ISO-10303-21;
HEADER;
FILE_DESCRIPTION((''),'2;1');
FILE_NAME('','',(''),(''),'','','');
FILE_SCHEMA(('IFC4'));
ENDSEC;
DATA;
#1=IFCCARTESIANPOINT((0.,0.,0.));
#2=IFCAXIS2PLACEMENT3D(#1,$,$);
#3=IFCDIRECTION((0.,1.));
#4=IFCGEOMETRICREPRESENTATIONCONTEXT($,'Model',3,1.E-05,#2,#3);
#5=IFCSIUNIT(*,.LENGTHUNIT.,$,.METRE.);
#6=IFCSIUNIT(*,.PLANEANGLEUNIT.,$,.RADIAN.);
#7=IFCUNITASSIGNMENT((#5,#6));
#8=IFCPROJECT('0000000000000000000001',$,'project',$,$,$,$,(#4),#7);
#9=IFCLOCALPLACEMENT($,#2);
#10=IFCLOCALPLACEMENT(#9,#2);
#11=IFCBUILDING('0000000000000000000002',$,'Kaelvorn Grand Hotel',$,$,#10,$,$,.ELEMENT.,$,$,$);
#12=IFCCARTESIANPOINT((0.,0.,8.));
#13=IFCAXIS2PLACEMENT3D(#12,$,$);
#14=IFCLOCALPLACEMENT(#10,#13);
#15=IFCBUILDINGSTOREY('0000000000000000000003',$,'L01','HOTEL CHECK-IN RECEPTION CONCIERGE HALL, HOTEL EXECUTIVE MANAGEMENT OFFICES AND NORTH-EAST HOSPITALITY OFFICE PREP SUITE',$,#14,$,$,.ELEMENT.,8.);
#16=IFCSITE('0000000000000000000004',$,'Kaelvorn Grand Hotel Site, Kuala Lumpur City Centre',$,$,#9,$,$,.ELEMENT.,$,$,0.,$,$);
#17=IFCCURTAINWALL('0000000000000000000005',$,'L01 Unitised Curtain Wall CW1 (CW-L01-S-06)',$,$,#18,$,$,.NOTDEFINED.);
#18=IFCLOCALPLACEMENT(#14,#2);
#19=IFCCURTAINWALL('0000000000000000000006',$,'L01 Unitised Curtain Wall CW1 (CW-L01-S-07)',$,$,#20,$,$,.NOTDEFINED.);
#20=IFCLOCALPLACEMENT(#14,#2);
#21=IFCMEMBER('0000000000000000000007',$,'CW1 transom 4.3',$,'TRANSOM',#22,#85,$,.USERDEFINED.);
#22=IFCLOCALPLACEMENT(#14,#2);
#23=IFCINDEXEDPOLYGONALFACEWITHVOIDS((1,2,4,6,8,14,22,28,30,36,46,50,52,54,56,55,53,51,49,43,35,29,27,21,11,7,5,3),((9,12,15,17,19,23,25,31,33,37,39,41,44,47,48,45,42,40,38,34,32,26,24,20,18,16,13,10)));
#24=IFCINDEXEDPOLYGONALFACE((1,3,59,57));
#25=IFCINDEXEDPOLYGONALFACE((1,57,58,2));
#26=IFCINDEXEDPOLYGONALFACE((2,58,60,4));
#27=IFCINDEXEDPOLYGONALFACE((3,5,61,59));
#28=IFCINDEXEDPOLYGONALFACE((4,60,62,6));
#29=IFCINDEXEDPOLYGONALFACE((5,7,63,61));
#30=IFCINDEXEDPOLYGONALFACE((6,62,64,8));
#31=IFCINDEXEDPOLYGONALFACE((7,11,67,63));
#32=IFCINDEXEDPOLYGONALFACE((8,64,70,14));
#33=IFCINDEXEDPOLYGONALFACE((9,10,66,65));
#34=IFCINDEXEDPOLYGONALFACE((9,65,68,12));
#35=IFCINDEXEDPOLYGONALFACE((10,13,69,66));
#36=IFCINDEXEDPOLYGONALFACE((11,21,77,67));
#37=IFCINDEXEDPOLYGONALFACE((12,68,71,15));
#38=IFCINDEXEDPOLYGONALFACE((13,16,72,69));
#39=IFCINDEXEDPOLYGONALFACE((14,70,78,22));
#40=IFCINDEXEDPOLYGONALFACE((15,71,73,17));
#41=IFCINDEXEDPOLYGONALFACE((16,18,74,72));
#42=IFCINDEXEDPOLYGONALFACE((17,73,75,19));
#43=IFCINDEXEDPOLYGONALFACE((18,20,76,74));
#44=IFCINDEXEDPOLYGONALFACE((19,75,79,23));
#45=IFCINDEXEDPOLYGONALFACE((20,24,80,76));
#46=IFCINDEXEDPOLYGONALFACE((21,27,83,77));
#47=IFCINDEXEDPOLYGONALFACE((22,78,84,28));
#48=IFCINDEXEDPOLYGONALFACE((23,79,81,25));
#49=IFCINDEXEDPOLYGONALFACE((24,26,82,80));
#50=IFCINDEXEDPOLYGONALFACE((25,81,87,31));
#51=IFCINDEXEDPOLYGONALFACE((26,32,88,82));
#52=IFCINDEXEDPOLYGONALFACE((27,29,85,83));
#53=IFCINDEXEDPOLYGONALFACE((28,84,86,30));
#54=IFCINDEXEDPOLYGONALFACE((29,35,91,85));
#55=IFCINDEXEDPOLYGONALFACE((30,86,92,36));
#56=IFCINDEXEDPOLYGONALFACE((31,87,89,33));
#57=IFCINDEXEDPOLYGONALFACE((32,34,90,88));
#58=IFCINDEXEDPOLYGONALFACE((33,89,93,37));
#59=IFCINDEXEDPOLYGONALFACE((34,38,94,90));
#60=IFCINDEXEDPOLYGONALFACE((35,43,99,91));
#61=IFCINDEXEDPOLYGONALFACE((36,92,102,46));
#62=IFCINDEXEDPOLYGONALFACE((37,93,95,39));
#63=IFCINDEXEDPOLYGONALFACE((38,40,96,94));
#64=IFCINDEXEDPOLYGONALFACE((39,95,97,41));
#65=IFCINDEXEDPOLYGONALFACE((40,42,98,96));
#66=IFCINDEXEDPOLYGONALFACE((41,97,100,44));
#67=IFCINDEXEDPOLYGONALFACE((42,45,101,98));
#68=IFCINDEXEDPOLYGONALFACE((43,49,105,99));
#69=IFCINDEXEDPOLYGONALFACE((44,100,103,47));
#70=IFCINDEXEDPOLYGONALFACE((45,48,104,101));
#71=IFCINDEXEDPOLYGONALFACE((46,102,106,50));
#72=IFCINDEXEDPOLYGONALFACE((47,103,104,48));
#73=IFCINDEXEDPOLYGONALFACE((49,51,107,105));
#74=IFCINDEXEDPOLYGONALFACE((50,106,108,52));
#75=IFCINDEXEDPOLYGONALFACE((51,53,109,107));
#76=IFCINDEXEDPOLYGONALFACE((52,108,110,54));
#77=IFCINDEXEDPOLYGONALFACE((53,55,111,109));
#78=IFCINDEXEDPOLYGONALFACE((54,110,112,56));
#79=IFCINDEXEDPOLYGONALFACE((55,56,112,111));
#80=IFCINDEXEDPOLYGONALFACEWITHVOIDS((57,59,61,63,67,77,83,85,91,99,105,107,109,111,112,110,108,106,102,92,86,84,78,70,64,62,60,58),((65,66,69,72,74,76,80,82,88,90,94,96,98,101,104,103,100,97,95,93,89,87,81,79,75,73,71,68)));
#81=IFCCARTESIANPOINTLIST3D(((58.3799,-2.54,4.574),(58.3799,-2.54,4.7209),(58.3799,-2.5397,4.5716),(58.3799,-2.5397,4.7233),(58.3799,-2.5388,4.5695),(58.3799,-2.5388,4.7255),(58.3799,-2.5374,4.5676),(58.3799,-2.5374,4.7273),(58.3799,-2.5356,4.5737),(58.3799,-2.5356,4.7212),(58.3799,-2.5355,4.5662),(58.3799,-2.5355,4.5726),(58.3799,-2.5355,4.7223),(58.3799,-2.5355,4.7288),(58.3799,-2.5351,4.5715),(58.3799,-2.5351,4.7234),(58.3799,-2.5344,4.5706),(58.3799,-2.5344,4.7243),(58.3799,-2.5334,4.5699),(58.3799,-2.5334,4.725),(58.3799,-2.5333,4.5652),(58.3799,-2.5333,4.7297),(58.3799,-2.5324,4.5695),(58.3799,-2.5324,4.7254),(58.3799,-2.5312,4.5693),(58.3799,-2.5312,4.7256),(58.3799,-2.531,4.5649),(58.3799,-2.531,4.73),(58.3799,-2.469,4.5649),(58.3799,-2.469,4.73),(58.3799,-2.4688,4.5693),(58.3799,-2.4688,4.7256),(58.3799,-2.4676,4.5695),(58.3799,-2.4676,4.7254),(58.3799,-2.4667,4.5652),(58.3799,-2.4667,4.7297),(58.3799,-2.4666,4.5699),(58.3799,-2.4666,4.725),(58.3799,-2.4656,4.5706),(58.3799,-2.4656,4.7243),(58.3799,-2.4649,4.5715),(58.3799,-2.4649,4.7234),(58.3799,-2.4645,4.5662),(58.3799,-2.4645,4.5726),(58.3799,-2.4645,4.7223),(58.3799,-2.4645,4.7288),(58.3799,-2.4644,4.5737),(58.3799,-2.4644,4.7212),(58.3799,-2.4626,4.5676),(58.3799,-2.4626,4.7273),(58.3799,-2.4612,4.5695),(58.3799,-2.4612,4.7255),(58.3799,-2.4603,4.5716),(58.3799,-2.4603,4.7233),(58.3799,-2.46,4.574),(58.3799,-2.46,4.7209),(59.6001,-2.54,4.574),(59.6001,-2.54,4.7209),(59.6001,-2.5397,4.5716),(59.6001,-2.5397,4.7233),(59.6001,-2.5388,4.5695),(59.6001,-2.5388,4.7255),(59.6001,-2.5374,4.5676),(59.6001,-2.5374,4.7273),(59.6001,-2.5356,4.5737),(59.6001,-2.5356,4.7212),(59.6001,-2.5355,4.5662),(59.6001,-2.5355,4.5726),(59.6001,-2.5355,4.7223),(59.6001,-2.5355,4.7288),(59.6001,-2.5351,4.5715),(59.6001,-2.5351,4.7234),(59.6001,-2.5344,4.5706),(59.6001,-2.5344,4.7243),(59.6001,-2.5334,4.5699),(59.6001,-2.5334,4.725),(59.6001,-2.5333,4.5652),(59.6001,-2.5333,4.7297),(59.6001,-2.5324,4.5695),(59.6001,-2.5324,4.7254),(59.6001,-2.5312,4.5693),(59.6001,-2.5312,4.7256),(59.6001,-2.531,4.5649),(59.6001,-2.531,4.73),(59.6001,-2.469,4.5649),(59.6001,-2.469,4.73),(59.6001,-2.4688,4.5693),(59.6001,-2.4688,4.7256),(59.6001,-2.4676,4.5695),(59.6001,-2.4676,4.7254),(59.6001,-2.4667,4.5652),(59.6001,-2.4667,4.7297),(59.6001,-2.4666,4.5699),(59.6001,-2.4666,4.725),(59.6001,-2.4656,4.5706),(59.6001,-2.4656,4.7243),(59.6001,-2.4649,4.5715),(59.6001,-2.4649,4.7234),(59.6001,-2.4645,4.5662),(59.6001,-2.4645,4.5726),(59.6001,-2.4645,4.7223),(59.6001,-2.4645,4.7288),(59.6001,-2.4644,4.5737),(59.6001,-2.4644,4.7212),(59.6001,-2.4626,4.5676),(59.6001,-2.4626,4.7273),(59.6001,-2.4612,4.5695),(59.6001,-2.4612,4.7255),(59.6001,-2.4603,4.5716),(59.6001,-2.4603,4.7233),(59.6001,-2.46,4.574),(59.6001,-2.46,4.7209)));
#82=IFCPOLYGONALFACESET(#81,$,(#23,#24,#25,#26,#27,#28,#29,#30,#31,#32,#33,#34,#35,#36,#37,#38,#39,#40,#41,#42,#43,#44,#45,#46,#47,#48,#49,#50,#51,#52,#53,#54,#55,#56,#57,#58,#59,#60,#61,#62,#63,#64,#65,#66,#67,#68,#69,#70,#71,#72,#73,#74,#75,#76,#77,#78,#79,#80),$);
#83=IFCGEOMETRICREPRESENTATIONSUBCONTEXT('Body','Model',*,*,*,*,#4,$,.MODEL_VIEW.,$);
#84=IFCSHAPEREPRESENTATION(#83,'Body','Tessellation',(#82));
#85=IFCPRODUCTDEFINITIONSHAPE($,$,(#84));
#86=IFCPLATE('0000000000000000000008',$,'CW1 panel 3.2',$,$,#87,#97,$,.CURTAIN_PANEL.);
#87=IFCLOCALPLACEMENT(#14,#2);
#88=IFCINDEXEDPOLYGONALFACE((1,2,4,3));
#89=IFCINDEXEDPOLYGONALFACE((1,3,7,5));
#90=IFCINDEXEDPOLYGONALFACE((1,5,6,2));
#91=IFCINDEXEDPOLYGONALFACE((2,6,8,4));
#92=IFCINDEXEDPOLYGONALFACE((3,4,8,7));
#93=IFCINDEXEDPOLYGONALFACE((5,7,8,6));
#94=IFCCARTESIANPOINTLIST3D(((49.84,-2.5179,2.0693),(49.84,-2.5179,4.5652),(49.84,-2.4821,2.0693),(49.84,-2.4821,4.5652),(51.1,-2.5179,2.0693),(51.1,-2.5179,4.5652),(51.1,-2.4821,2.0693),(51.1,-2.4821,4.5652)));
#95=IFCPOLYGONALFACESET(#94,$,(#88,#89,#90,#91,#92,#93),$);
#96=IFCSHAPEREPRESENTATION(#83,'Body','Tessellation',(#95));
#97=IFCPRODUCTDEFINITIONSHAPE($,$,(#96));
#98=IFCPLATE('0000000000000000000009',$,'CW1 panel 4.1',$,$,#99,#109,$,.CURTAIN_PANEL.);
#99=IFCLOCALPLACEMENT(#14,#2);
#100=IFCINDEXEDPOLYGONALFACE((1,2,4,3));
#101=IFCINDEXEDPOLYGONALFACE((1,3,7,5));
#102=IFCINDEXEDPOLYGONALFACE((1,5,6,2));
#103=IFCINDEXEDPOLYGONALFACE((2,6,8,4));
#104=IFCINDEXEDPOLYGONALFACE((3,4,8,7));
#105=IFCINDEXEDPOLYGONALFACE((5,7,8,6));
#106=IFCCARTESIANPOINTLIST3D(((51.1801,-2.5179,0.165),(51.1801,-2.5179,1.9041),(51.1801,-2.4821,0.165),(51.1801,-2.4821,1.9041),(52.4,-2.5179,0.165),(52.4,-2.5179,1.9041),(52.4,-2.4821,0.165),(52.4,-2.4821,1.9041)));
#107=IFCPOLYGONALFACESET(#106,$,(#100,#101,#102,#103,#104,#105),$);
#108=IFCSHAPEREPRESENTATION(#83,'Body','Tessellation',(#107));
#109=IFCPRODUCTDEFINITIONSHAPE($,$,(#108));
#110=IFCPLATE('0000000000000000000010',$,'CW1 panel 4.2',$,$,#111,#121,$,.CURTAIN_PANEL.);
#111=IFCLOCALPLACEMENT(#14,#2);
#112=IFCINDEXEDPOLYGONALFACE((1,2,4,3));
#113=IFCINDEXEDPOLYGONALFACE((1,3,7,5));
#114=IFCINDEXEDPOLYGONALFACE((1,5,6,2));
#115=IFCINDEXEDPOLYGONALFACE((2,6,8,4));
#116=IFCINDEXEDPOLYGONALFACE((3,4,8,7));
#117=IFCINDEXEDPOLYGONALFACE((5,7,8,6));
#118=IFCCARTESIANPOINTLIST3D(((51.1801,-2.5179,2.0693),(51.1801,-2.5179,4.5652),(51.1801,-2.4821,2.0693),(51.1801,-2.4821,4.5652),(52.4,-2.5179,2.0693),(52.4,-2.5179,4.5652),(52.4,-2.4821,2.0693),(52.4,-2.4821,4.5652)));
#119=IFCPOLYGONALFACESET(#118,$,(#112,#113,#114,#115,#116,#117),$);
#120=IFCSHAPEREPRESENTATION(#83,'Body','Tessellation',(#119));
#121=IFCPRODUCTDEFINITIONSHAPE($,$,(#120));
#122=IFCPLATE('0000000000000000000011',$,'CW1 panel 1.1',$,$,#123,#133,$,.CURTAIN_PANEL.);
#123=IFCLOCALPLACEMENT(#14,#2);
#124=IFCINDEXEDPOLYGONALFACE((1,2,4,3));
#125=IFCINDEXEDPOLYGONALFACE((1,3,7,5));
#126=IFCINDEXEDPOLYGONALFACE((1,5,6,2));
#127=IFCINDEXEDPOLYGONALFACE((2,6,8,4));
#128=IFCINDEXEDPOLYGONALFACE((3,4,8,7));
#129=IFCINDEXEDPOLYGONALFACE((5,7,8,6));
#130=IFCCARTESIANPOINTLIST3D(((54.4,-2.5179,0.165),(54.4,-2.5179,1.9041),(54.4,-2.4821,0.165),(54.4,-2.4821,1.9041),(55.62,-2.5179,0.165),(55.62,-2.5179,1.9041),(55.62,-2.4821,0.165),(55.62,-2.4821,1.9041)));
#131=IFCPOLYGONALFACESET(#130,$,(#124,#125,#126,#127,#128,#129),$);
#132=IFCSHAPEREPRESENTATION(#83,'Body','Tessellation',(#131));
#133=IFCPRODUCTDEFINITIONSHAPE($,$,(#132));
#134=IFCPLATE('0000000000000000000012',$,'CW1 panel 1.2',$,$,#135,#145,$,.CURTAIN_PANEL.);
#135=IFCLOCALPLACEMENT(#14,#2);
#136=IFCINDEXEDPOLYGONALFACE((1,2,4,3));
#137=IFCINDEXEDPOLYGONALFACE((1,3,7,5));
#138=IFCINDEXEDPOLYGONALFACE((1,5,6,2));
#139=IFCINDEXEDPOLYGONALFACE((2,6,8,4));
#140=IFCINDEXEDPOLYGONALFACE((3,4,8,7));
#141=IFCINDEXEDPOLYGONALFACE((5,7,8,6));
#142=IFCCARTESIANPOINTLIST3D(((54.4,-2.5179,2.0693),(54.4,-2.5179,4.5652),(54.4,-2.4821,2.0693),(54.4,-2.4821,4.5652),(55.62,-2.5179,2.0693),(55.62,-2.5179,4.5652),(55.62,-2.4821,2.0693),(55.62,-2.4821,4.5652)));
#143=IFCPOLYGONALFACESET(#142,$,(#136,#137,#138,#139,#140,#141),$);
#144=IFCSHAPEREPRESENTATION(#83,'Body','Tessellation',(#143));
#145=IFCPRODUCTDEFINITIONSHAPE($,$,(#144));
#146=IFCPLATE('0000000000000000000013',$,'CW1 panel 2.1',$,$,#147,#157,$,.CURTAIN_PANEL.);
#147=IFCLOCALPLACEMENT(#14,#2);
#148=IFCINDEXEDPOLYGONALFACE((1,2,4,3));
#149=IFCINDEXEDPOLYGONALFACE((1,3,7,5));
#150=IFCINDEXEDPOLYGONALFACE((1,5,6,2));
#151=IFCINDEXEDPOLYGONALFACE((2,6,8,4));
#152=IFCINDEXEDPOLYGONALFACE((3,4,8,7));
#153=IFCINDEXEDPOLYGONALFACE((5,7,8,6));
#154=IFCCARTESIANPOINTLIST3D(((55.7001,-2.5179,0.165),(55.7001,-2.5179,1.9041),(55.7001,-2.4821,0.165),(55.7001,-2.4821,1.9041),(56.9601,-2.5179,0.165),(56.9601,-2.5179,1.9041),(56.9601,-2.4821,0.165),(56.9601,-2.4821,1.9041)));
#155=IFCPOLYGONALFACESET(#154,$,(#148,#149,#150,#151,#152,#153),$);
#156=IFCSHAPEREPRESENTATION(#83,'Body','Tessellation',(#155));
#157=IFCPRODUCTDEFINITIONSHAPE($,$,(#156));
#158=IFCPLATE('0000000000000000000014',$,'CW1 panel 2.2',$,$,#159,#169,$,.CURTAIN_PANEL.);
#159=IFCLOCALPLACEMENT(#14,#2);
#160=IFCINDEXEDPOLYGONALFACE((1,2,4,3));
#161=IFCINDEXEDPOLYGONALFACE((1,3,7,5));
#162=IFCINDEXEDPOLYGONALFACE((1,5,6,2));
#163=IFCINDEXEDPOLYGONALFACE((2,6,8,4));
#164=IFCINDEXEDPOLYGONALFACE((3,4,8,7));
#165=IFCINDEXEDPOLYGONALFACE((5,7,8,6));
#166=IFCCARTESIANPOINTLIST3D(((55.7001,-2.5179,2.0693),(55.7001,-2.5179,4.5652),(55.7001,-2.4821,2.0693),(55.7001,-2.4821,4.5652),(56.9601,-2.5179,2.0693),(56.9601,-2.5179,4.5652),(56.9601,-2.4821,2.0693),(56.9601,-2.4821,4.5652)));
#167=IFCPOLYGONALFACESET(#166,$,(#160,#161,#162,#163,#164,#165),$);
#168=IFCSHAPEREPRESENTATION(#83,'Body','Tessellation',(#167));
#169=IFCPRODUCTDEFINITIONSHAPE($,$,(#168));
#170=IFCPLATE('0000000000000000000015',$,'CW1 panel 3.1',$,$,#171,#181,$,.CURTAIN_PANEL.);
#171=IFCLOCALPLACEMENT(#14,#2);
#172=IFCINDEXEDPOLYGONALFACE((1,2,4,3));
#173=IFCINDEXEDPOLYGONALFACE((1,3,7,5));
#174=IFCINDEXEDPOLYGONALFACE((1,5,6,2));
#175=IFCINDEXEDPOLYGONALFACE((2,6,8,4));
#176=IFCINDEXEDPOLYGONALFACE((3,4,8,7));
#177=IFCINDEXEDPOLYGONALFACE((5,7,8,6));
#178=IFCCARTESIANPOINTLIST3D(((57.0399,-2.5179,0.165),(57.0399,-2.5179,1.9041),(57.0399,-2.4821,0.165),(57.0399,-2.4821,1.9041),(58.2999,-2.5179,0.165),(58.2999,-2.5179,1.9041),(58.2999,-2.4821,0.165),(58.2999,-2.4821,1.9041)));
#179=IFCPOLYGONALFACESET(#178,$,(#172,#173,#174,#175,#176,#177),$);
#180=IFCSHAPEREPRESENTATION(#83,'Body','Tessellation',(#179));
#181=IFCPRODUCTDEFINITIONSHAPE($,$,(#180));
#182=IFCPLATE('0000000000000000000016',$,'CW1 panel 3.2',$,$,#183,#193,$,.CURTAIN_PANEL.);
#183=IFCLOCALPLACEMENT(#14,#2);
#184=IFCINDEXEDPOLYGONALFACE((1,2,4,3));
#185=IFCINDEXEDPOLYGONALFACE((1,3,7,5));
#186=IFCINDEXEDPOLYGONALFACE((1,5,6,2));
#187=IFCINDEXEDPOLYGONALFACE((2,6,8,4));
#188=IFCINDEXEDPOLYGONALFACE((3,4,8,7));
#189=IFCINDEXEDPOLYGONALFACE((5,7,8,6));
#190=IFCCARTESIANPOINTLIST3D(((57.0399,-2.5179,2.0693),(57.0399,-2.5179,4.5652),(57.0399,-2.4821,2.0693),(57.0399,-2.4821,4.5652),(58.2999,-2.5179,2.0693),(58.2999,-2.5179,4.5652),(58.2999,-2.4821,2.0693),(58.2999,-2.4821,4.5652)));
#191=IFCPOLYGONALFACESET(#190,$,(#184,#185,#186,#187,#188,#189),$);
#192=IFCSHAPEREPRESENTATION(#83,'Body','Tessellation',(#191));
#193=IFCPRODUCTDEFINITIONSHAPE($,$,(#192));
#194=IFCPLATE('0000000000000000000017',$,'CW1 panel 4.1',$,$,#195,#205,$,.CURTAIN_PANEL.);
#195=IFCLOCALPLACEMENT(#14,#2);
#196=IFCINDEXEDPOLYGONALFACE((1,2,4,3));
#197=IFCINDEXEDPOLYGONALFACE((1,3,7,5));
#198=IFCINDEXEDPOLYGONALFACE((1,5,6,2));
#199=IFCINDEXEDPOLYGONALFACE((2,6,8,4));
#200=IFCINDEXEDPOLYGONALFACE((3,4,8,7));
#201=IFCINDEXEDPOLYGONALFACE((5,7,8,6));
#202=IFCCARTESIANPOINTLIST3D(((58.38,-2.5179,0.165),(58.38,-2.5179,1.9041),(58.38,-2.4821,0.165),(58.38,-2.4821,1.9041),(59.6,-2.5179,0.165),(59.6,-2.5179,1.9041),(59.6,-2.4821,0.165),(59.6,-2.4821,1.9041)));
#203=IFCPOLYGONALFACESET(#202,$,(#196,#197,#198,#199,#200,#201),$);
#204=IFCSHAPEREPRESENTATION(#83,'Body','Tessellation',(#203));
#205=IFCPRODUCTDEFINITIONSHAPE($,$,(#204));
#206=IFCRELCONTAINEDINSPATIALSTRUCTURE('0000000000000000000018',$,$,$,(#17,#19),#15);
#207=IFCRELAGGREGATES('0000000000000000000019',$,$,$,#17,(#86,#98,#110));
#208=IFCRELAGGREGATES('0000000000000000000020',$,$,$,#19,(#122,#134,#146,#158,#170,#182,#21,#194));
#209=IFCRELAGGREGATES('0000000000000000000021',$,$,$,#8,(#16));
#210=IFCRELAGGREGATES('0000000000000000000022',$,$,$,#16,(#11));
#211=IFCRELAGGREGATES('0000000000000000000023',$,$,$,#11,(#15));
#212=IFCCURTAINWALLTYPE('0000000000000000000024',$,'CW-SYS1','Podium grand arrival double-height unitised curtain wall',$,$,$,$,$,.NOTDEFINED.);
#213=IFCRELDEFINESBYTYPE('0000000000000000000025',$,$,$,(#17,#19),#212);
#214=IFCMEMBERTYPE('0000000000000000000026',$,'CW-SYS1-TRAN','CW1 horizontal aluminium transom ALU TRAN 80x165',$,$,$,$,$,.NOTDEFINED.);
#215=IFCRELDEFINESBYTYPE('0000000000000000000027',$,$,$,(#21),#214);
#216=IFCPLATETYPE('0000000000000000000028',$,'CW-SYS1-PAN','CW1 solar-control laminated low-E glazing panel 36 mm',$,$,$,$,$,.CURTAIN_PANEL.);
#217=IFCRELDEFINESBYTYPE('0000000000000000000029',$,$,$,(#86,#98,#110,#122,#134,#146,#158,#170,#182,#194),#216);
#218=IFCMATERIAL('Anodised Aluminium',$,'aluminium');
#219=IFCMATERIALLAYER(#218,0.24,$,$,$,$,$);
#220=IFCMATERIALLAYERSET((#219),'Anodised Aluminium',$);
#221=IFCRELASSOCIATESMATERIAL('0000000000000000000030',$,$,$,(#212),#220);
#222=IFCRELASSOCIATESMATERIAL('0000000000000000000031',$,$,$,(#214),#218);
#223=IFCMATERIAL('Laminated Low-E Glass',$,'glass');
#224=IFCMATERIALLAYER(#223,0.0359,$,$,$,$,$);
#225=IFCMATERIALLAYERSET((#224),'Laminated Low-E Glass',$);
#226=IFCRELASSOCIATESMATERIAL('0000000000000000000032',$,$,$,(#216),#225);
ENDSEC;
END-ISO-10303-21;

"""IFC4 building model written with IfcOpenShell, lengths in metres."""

from ifc_helpers import new_model, si_unit, direction, frame, origin, origin_2d, place, context, subcontext, project, spatial, rectangle, hollow_rectangle, extrude, material, layer, layer_set, material_profile, profile_set, type_object, element, aggregate, save


model = new_model("IFC4")

# Units and contexts
model_context = context("Model", 3, precision=1e-05, world=origin(), true_north=direction((0.0, 1.0)))
body_context = subcontext(model_context, "Body", "Model", "MODEL_VIEW")
ifc_project = project(units=[si_unit("LENGTHUNIT", "METRE"), si_unit("PLANEANGLEUNIT", "RADIAN")], contexts=[model_context])

# Site, building, storey
site_placement = place(None, origin())
site = spatial("IfcSite", under=ifc_project, at=site_placement, Name="Kaelvorn Grand Hotel Site, Kuala Lumpur City Centre", CompositionType="ELEMENT", RefElevation=0.0)
building_placement = place(site_placement, origin())
building = spatial("IfcBuilding", under=site, at=building_placement, Name="Kaelvorn Grand Hotel", CompositionType="ELEMENT")
storey_placement = place(building_placement, frame((0.0, 0.0, 8.0)))
storey = spatial("IfcBuildingStorey", under=building, at=storey_placement, Name="L01", Description="HOTEL CHECK-IN RECEPTION CONCIERGE HALL, HOTEL EXECUTIVE MANAGEMENT OFFICES AND NORTH-EAST HOSPITALITY OFFICE PREP SUITE", CompositionType="ELEMENT", Elevation=8.0)

# Curtain walls
ifc_material_1 = material(Name="Anodised Aluminium", Category="aluminium")
ifc_layer_1 = layer(ifc_material_1, 0.24)
ifc_layer_set_1 = layer_set([ifc_layer_1], Name="Anodised Aluminium")
curtain_wall_type = type_object("IfcCurtainWallType", Name="CW-SYS1", Description="Podium grand arrival double-height unitised curtain wall", PredefinedType="NOTDEFINED", material=ifc_layer_set_1)
curtain_wall_1_placement = place(storey_placement, origin())
curtain_wall_1 = element("IfcCurtainWall", 1, at=curtain_wall_1_placement, inside=storey, type_object=curtain_wall_type, Name="L01 Unitised Curtain Wall CW1 (CW-L01-S-06)", PredefinedType="NOTDEFINED")
curtain_wall_2_placement = place(storey_placement, origin())
curtain_wall_2 = element("IfcCurtainWall", 2, at=curtain_wall_2_placement, inside=storey, type_object=curtain_wall_type, Name="L01 Unitised Curtain Wall CW1 (CW-L01-S-07)", PredefinedType="NOTDEFINED")

# Member
ifc_material_profile_1 = material_profile(ifc_material_1, hollow_rectangle(XDim=0.0801, YDim=0.165, WallThickness=0.0044, InnerFilletRadius=0.0044, OuterFilletRadius=0.009, at=origin_2d()), Name="ALU TRAN 80x165")
ifc_profile_set_1 = profile_set([ifc_material_profile_1], Name="Anodised Aluminium")
member_type_1 = type_object("IfcMemberType", Name="CW-SYS1-TRAN", Description="CW1 horizontal aluminium transom ALU TRAN 80x165", PredefinedType="NOTDEFINED", material=ifc_profile_set_1)
member_1_placement = place(storey_placement, frame((58.3799, -2.5, 4.6475), z_axis=(1.0, 0.0, 0.0), x_axis=(0.0, 1.0, 0.0)))
member_1 = element("IfcMember", 3, at=member_1_placement, type_object=member_type_1, Name="CW1 transom 4.3", ObjectType="TRANSOM", PredefinedType="USERDEFINED", context=body_context, shape_type="SweptSolid", body=[
    extrude(hollow_rectangle(XDim=0.0801, YDim=0.165, WallThickness=0.0044, InnerFilletRadius=0.0044, OuterFilletRadius=0.009, at=origin_2d()), origin(), (0.0, 0.0, 1.0), 1.2202),
])

# Plates
ifc_material_2 = material(Name="Laminated Low-E Glass", Category="glass")
ifc_layer_2 = layer(ifc_material_2, 0.0359)
ifc_layer_set_2 = layer_set([ifc_layer_2], Name="Laminated Low-E Glass")
plate_type = type_object("IfcPlateType", Name="CW-SYS1-PAN", Description="CW1 solar-control laminated low-E glazing panel 36 mm", PredefinedType="CURTAIN_PANEL", material=ifc_layer_set_2)
plate_1_placement = place(storey_placement, frame((50.47, -2.5, 2.0693), z_axis=(0.0, 0.0, 1.0), x_axis=(1.0, 0.0, 0.0)))
plate_1 = element("IfcPlate", 4, at=plate_1_placement, type_object=plate_type, Name="CW1 panel 3.2", PredefinedType="CURTAIN_PANEL", context=body_context, shape_type="SweptSolid", body=[
    extrude(rectangle(XDim=1.26, YDim=0.0359, at=origin_2d()), origin(), (0.0, 0.0, 1.0), 2.4958),
])
plate_2_placement = place(storey_placement, frame((51.79, -2.5, 0.165), z_axis=(0.0, 0.0, 1.0), x_axis=(1.0, 0.0, 0.0)))
plate_2 = element("IfcPlate", 5, at=plate_2_placement, type_object=plate_type, Name="CW1 panel 4.1", PredefinedType="CURTAIN_PANEL", context=body_context, shape_type="SweptSolid", body=[
    extrude(rectangle(XDim=1.22, YDim=0.0359, at=origin_2d()), origin(), (0.0, 0.0, 1.0), 1.739),
])
plate_3_placement = place(storey_placement, frame((51.79, -2.5, 2.0693), z_axis=(0.0, 0.0, 1.0), x_axis=(1.0, 0.0, 0.0)))
plate_3 = element("IfcPlate", 6, at=plate_3_placement, type_object=plate_type, Name="CW1 panel 4.2", PredefinedType="CURTAIN_PANEL", context=body_context, shape_type="SweptSolid", body=[
    extrude(rectangle(XDim=1.22, YDim=0.0359, at=origin_2d()), origin(), (0.0, 0.0, 1.0), 2.4958),
])
aggregate(curtain_wall_1, [plate_1, plate_2, plate_3])
plate_4_placement = place(storey_placement, frame((55.01, -2.5, 0.165), z_axis=(0.0, 0.0, 1.0), x_axis=(1.0, 0.0, 0.0)))
plate_4 = element("IfcPlate", 7, at=plate_4_placement, type_object=plate_type, Name="CW1 panel 1.1", PredefinedType="CURTAIN_PANEL", context=body_context, shape_type="SweptSolid", body=[
    extrude(rectangle(XDim=1.22, YDim=0.0359, at=origin_2d()), origin(), (0.0, 0.0, 1.0), 1.739),
])
plate_5_placement = place(storey_placement, frame((55.01, -2.5, 2.0693), z_axis=(0.0, 0.0, 1.0), x_axis=(1.0, 0.0, 0.0)))
plate_5 = element("IfcPlate", 8, at=plate_5_placement, type_object=plate_type, Name="CW1 panel 1.2", PredefinedType="CURTAIN_PANEL", context=body_context, shape_type="SweptSolid", body=[
    extrude(rectangle(XDim=1.22, YDim=0.0359, at=origin_2d()), origin(), (0.0, 0.0, 1.0), 2.4958),
])
plate_6_placement = place(storey_placement, frame((56.3301, -2.5, 0.165), z_axis=(0.0, 0.0, 1.0), x_axis=(1.0, 0.0, 0.0)))
plate_6 = element("IfcPlate", 9, at=plate_6_placement, type_object=plate_type, Name="CW1 panel 2.1", PredefinedType="CURTAIN_PANEL", context=body_context, shape_type="SweptSolid", body=[
    extrude(rectangle(XDim=1.26, YDim=0.0359, at=origin_2d()), origin(), (0.0, 0.0, 1.0), 1.739),
])
plate_7_placement = place(storey_placement, frame((56.3301, -2.5, 2.0693), z_axis=(0.0, 0.0, 1.0), x_axis=(1.0, 0.0, 0.0)))
plate_7 = element("IfcPlate", 10, at=plate_7_placement, type_object=plate_type, Name="CW1 panel 2.2", PredefinedType="CURTAIN_PANEL", context=body_context, shape_type="SweptSolid", body=[
    extrude(rectangle(XDim=1.26, YDim=0.0359, at=origin_2d()), origin(), (0.0, 0.0, 1.0), 2.4958),
])
plate_8_placement = place(storey_placement, frame((57.6699, -2.5, 0.165), z_axis=(0.0, 0.0, 1.0), x_axis=(1.0, 0.0, 0.0)))
plate_8 = element("IfcPlate", 11, at=plate_8_placement, type_object=plate_type, Name="CW1 panel 3.1", PredefinedType="CURTAIN_PANEL", context=body_context, shape_type="SweptSolid", body=[
    extrude(rectangle(XDim=1.26, YDim=0.0359, at=origin_2d()), origin(), (0.0, 0.0, 1.0), 1.739),
])
plate_9_placement = place(storey_placement, frame((57.6699, -2.5, 2.0693), z_axis=(0.0, 0.0, 1.0), x_axis=(1.0, 0.0, 0.0)))
plate_9 = element("IfcPlate", 12, at=plate_9_placement, type_object=plate_type, Name="CW1 panel 3.2", PredefinedType="CURTAIN_PANEL", context=body_context, shape_type="SweptSolid", body=[
    extrude(rectangle(XDim=1.26, YDim=0.0359, at=origin_2d()), origin(), (0.0, 0.0, 1.0), 2.4958),
])
plate_10_placement = place(storey_placement, frame((58.99, -2.5, 0.165), z_axis=(0.0, 0.0, 1.0), x_axis=(1.0, 0.0, 0.0)))
plate_10 = element("IfcPlate", 13, at=plate_10_placement, type_object=plate_type, Name="CW1 panel 4.1", PredefinedType="CURTAIN_PANEL", context=body_context, shape_type="SweptSolid", body=[
    extrude(rectangle(XDim=1.22, YDim=0.0359, at=origin_2d()), origin(), (0.0, 0.0, 1.0), 1.739),
])
aggregate(curtain_wall_2, [plate_4, plate_5, plate_6, plate_7, plate_8, plate_9, member_1, plate_10])

save(model, "model.ifc")
